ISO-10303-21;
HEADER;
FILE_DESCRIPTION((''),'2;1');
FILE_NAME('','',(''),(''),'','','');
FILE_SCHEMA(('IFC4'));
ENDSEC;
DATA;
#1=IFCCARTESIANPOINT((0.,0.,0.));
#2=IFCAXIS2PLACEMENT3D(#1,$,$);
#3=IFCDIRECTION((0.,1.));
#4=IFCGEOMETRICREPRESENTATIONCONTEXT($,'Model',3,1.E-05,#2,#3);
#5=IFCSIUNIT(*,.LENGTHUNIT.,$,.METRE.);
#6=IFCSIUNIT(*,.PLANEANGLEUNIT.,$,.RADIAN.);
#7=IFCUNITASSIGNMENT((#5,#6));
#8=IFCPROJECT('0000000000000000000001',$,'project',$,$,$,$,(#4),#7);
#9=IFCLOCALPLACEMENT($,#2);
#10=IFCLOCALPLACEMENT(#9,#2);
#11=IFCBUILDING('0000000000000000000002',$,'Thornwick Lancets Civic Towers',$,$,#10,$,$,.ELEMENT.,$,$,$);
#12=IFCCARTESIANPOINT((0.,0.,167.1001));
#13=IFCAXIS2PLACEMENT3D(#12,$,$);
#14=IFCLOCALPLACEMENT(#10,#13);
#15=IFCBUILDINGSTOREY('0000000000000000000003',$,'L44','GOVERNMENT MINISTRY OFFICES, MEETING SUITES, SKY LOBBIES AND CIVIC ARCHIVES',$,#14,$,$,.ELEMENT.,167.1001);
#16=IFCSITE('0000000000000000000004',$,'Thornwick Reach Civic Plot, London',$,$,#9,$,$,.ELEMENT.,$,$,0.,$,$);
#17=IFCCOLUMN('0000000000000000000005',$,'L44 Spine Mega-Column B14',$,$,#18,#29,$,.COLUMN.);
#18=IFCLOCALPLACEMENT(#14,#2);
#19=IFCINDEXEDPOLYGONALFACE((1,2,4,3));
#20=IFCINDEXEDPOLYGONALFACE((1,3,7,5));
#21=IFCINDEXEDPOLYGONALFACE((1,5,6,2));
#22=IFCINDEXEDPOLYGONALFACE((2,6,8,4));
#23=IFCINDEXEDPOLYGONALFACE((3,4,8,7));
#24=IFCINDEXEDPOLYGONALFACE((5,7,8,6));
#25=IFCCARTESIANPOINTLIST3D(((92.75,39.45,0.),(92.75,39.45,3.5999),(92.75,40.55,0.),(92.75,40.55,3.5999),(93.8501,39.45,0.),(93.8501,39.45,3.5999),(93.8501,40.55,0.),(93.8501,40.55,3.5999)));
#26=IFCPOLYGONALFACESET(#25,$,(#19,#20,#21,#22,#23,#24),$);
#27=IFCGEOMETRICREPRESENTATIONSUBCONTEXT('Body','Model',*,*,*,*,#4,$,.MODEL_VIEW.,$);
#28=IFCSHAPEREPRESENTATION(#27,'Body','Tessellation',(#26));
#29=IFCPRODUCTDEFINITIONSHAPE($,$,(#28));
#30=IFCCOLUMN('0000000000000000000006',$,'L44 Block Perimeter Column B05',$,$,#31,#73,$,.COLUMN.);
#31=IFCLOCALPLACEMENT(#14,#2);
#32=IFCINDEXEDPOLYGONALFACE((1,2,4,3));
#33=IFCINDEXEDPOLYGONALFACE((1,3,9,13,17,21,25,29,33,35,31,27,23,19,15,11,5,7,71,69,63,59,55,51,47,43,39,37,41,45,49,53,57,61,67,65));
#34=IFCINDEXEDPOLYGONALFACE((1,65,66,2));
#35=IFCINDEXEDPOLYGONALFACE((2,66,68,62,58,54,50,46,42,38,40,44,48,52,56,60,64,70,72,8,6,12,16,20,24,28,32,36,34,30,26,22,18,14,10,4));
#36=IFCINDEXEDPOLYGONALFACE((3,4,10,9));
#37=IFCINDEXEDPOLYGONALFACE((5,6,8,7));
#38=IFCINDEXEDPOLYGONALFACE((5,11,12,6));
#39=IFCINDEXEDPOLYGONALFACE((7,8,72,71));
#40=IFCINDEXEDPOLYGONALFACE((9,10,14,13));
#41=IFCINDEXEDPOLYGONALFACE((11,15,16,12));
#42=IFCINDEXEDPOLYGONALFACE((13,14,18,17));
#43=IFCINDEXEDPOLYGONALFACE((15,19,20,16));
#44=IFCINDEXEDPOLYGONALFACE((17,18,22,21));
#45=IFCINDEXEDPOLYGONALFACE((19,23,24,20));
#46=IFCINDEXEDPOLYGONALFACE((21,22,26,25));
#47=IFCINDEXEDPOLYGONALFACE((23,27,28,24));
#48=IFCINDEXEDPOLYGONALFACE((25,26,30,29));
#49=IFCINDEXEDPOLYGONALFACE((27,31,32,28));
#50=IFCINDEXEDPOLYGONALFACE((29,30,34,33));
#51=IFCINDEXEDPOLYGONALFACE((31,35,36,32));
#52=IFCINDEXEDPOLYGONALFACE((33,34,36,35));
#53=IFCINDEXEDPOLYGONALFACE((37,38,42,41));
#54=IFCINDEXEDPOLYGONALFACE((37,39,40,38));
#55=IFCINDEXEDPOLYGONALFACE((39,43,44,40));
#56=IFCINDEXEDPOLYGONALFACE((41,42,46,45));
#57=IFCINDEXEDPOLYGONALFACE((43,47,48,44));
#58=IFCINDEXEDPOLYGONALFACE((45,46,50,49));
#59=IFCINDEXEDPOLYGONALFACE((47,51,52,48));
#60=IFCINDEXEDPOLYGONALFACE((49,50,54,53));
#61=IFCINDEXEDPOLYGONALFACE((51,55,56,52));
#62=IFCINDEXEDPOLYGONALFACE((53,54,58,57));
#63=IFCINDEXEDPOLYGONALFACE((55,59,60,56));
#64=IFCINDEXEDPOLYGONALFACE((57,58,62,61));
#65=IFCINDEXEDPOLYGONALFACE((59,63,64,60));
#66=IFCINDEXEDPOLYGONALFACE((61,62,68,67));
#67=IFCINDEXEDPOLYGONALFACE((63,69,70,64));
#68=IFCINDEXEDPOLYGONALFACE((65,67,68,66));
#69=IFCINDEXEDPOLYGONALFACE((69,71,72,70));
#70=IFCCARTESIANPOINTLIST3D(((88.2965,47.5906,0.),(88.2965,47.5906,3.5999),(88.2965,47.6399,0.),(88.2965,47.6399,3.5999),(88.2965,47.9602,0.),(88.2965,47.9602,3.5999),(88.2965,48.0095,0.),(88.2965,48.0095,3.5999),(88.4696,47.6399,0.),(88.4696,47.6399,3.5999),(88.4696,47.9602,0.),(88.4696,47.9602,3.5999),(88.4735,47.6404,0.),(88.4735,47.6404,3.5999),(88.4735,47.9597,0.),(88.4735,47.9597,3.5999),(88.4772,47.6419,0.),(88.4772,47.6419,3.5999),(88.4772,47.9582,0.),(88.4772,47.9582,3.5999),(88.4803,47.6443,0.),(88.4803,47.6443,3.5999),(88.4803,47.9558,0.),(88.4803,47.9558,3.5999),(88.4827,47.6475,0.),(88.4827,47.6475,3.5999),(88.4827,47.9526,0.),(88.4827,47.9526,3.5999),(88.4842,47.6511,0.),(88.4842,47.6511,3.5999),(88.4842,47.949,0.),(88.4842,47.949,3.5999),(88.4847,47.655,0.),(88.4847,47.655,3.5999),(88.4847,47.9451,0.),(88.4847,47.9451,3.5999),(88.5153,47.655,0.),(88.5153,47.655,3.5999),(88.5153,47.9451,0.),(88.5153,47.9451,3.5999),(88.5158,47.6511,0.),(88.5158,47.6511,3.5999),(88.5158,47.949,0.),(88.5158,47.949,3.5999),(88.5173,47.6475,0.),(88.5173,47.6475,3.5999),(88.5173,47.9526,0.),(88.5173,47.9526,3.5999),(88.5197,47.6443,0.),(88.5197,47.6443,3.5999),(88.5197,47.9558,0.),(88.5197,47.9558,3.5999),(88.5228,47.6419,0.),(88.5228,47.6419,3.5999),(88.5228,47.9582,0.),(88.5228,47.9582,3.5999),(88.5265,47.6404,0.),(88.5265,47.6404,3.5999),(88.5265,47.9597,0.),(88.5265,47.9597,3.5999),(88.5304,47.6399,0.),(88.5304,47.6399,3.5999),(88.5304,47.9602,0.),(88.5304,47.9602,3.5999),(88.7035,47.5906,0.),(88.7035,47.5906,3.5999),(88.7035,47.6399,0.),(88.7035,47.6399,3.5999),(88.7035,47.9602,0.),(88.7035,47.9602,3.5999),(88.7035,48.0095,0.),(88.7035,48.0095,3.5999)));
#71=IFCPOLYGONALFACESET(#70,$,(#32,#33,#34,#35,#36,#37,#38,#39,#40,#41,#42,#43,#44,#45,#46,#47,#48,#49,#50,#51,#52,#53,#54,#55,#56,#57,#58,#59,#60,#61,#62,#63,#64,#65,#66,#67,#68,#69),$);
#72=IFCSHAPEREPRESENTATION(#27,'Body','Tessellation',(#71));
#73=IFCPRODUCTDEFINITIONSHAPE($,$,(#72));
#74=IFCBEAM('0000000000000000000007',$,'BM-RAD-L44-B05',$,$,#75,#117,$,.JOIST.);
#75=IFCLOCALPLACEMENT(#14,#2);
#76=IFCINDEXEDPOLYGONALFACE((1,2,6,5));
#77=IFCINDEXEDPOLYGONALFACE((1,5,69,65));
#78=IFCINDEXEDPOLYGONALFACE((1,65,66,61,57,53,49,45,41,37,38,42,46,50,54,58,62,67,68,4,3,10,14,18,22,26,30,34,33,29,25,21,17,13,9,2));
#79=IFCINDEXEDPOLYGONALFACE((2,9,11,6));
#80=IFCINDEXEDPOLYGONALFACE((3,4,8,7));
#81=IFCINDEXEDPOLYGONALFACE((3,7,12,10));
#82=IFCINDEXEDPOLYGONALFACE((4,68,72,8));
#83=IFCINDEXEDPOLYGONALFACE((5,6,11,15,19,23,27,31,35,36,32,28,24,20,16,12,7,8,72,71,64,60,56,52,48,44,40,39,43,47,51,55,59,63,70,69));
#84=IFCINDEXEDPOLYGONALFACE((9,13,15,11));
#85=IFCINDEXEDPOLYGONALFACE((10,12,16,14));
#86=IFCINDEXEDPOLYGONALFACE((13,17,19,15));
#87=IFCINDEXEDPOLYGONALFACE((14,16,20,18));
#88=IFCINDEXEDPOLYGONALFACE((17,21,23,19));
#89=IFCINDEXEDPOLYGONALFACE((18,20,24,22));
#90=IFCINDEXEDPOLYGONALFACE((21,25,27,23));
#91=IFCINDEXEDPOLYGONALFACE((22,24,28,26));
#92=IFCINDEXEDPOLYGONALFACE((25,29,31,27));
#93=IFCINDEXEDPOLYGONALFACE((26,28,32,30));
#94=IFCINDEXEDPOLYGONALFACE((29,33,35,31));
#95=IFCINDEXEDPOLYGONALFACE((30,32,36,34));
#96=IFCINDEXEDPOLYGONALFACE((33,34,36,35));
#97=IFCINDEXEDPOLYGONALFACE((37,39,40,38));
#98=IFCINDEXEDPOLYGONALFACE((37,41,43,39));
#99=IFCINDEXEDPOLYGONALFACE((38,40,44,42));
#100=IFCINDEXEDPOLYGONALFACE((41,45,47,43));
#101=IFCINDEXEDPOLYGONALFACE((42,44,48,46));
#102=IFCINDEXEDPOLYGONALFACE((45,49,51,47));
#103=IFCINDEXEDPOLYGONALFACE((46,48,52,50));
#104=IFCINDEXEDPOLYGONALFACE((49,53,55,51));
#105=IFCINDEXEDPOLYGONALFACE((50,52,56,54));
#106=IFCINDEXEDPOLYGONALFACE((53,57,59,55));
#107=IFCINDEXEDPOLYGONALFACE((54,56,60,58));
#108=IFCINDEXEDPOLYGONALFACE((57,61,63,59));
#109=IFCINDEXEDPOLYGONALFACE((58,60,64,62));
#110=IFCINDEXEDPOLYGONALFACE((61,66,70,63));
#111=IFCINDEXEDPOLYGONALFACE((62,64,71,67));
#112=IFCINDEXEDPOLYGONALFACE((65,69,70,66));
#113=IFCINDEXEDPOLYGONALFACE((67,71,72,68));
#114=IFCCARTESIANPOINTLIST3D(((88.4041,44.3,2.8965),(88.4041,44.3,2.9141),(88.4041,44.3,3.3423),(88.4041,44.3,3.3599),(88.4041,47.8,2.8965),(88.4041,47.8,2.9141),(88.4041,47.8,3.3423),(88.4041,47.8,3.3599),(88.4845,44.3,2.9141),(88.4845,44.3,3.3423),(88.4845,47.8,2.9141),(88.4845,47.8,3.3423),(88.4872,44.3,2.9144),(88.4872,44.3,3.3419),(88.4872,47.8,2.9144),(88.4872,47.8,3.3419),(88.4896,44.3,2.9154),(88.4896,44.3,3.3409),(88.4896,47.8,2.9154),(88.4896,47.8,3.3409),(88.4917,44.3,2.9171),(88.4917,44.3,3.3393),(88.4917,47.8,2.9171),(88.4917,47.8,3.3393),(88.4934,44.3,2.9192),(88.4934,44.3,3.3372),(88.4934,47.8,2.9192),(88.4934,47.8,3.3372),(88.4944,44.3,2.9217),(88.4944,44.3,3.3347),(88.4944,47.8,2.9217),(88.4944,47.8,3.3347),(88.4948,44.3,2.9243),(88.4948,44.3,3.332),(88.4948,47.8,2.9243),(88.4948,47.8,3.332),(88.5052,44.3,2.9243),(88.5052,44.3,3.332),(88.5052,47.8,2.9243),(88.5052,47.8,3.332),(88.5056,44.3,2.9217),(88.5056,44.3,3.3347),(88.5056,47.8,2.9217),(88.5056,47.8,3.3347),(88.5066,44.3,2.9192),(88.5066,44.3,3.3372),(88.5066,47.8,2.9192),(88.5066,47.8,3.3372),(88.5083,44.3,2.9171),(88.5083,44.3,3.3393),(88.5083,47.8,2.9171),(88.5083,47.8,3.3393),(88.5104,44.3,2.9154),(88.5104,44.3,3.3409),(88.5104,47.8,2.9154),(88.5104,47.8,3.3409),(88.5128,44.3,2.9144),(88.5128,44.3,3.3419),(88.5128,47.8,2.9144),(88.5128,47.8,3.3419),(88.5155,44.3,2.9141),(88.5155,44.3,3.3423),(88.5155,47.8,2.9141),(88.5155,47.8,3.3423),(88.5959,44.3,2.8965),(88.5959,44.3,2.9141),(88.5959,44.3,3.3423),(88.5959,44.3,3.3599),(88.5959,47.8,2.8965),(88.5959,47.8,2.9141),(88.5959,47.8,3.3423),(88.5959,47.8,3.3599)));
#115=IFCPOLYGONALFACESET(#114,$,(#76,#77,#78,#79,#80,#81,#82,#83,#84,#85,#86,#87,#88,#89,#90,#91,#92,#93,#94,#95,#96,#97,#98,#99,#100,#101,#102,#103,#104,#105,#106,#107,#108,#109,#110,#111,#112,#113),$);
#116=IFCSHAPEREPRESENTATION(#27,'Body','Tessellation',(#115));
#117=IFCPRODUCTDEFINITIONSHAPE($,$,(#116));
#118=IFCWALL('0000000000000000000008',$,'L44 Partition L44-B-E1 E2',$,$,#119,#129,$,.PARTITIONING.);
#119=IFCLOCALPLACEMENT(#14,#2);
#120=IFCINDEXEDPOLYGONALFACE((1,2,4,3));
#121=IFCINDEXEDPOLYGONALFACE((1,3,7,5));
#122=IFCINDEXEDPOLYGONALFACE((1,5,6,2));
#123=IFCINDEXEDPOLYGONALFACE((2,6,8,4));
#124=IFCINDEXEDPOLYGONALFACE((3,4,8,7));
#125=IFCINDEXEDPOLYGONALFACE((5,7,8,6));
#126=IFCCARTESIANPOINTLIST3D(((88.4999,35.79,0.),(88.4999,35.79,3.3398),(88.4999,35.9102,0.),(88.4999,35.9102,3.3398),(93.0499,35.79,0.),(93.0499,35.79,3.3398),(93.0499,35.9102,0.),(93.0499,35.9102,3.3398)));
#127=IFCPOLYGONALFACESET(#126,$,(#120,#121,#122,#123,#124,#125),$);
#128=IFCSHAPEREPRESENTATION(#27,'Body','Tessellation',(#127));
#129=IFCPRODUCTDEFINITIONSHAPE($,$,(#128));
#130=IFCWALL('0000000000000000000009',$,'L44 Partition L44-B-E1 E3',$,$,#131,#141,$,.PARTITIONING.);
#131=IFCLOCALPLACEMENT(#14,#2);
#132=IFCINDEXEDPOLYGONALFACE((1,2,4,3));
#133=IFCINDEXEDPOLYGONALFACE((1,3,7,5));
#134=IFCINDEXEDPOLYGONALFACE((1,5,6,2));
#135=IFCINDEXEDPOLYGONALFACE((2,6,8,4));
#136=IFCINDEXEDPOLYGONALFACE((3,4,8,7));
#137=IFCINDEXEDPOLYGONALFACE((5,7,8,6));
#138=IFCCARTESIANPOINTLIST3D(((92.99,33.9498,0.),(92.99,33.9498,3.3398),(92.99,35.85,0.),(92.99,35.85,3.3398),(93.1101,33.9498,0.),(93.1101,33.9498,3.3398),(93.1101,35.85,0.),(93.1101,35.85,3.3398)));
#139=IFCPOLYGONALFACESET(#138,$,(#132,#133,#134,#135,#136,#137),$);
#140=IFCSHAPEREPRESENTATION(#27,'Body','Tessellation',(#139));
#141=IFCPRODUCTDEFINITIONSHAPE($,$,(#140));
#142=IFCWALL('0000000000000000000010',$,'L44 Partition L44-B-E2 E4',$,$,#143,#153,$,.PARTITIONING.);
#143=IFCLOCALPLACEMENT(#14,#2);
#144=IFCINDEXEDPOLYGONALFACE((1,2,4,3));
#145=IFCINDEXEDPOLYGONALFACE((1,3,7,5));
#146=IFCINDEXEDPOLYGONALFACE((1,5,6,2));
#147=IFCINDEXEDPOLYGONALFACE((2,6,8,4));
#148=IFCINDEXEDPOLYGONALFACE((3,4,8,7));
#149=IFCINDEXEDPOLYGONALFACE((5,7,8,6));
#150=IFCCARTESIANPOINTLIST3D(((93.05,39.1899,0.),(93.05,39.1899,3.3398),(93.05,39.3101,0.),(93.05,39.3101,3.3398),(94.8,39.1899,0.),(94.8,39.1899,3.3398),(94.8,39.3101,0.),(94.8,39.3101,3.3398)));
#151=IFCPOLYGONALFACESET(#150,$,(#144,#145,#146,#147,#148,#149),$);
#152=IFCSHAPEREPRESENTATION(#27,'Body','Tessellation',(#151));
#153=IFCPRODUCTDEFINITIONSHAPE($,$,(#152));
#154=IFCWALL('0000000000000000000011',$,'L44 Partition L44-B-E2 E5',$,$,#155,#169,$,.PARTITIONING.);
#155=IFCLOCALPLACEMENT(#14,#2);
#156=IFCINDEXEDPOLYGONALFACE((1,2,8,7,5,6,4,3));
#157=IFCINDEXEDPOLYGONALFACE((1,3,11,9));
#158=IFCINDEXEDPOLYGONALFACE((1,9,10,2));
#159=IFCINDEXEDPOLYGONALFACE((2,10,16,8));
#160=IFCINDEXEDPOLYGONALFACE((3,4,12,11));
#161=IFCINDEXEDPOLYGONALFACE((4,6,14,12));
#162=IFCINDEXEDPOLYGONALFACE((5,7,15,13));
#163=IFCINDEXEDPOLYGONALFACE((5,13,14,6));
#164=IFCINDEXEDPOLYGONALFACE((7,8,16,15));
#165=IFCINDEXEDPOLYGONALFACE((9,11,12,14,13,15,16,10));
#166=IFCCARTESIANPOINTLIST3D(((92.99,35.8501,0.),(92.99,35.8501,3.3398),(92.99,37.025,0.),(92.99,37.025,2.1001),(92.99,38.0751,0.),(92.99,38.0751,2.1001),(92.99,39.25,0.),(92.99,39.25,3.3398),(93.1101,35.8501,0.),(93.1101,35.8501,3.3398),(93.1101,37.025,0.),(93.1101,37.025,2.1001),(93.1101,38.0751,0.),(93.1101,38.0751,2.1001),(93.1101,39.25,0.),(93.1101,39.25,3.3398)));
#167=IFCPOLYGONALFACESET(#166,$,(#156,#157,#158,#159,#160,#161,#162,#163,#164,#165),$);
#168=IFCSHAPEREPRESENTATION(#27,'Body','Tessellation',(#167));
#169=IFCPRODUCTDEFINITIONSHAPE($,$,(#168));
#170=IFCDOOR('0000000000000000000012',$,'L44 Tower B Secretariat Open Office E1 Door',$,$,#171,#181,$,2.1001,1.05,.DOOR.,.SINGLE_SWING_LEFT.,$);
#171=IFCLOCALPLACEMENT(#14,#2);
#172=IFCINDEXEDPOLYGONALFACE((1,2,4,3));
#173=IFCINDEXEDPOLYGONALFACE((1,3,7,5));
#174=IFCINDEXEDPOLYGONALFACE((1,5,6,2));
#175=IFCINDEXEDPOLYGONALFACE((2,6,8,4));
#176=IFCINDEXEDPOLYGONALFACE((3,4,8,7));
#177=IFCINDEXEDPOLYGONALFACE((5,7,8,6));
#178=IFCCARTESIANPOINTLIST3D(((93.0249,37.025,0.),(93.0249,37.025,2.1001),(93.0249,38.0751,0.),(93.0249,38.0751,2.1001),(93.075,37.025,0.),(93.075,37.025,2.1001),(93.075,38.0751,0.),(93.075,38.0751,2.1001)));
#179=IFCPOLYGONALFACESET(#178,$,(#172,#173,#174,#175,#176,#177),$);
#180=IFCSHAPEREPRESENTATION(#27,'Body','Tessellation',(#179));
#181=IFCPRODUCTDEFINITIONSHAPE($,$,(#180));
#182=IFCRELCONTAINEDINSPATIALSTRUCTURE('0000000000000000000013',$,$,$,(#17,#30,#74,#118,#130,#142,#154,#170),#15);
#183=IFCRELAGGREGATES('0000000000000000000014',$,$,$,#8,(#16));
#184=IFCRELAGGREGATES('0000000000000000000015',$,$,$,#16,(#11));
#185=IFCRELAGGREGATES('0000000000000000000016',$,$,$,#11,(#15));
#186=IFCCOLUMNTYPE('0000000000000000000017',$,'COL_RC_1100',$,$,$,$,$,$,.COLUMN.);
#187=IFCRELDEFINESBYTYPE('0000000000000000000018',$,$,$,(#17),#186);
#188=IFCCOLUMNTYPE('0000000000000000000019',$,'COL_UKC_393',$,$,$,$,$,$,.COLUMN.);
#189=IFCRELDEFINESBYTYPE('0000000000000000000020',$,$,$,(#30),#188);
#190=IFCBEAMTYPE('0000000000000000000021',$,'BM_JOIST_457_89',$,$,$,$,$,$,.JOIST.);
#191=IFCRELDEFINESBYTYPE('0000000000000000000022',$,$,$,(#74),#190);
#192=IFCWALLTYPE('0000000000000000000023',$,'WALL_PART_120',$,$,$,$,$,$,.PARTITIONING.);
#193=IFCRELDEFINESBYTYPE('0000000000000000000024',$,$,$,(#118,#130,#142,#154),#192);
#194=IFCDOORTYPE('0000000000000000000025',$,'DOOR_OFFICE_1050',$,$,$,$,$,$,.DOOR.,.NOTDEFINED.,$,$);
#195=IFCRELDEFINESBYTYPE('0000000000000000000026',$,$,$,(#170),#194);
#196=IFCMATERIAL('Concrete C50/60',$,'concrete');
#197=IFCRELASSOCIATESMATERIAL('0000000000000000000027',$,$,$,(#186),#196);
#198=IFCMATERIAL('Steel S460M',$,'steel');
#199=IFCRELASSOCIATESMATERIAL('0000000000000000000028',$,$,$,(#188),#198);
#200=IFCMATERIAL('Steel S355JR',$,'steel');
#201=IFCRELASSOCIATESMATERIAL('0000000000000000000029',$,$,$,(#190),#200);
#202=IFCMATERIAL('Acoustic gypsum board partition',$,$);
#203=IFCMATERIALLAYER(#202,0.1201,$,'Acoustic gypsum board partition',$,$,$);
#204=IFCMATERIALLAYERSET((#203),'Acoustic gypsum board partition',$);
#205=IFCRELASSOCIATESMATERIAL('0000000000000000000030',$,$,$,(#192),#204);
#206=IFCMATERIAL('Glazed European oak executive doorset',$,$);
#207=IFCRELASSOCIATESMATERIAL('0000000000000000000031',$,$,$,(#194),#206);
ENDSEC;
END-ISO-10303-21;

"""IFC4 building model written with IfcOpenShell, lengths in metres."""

from ifc_helpers import new_model, si_unit, direction, frame, frame_2d, origin, origin_2d, place, context, subcontext, project, spatial, rectangle, i_section, extrude, material, layer, layer_set, material_profile, profile_set, type_object, element, fill, save


model = new_model("IFC4")

# Units and contexts
model_context = context("Model", 3, precision=1e-05, world=origin(), true_north=direction((0.0, 1.0)))
body_context = subcontext(model_context, "Body", "Model", "MODEL_VIEW")
ifc_project = project(units=[si_unit("LENGTHUNIT", "METRE"), si_unit("PLANEANGLEUNIT", "RADIAN")], contexts=[model_context])

# Site, building, storey
site_placement = place(None, origin())
site = spatial("IfcSite", under=ifc_project, at=site_placement, Name="Thornwick Reach Civic Plot, London", CompositionType="ELEMENT", RefElevation=0.0)
building_placement = place(site_placement, origin())
building = spatial("IfcBuilding", under=site, at=building_placement, Name="Thornwick Lancets Civic Towers", CompositionType="ELEMENT")
storey_placement = place(building_placement, frame((0.0, 0.0, 167.1001)))
storey = spatial("IfcBuildingStorey", under=building, at=storey_placement, Name="L44", Description="GOVERNMENT MINISTRY OFFICES, MEETING SUITES, SKY LOBBIES AND CIVIC ARCHIVES", CompositionType="ELEMENT", Elevation=167.1001)

# Columns
ifc_material_1 = material(Name="Concrete C50/60", Category="concrete")
ifc_material_profile_1 = material_profile(ifc_material_1, rectangle(XDim=1.1001, YDim=1.1001, at=origin_2d()), Name="RC 1100x1100")
ifc_profile_set_1 = profile_set([ifc_material_profile_1], Name="Concrete C50/60")
column_type_1 = type_object("IfcColumnType", Name="COL_RC_1100", PredefinedType="COLUMN", material=ifc_profile_set_1)
column_1_placement = place(storey_placement, frame((93.3, 40.0, 0.0), z_axis=(0.0, 0.0, 1.0), x_axis=(1.0, 0.0, 0.0)))
element("IfcColumn", 1, at=column_1_placement, inside=storey, type_object=column_type_1, Name="L44 Spine Mega-Column B14", PredefinedType="COLUMN", context=body_context, shape_type="SweptSolid", body=[
    extrude(rectangle(XDim=1.1001, YDim=1.1001, at=origin_2d()), origin(), (0.0, 0.0, 1.0), 3.5999),
])
ifc_material_2 = material(Name="Steel S460M", Category="steel")
ifc_material_profile_2 = material_profile(ifc_material_2, i_section(OverallWidth=0.407, OverallDepth=0.4189, WebThickness=0.0305, FlangeThickness=0.0493, FilletRadius=0.0151, at=origin_2d()), Name="UKC 356x406x393")
ifc_profile_set_2 = profile_set([ifc_material_profile_2], Name="Steel S460M")
column_type_2 = type_object("IfcColumnType", Name="COL_UKC_393", PredefinedType="COLUMN", material=ifc_profile_set_2)
column_2_placement = place(storey_placement, frame((88.5, 47.8, 0.0), z_axis=(0.0, 0.0, 1.0), x_axis=(1.0, 0.0, 0.0)))
element("IfcColumn", 2, at=column_2_placement, inside=storey, type_object=column_type_2, Name="L44 Block Perimeter Column B05", PredefinedType="COLUMN", context=body_context, shape_type="SweptSolid", body=[
    extrude(i_section(OverallWidth=0.407, OverallDepth=0.4189, WebThickness=0.0305, FlangeThickness=0.0493, FilletRadius=0.0151, at=origin_2d()), origin(), (0.0, 0.0, 1.0), 3.5999),
])

# Beam
ifc_material_3 = material(Name="Steel S355JR", Category="steel")
ifc_material_profile_3 = material_profile(ifc_material_3, i_section(OverallWidth=0.1919, OverallDepth=0.4634, WebThickness=0.0105, FlangeThickness=0.0176, FilletRadius=0.0103, at=origin_2d()), Name="UKB 457x191x89")
ifc_profile_set_3 = profile_set([ifc_material_profile_3], Name="Steel S355JR")
beam_type = type_object("IfcBeamType", Name="BM_JOIST_457_89", PredefinedType="JOIST", material=ifc_profile_set_3)
beam_placement = place(storey_placement, frame((88.5, 44.3, 3.1282), z_axis=(0.0, 1.0, 0.0), x_axis=(-1.0, 0.0, 0.0)))
element("IfcBeam", 3, at=beam_placement, inside=storey, type_object=beam_type, Name="BM-RAD-L44-B05", PredefinedType="JOIST", context=body_context, shape_type="SweptSolid", body=[
    extrude(i_section(OverallWidth=0.1919, OverallDepth=0.4634, WebThickness=0.0105, FlangeThickness=0.0176, FilletRadius=0.0103, at=origin_2d()), origin(), (0.0, 0.0, 1.0), 3.5),
])

# Walls
ifc_material_4 = material(Name="Acoustic gypsum board partition")
ifc_layer_1 = layer(ifc_material_4, 0.1201, Name="Acoustic gypsum board partition")
ifc_layer_set_1 = layer_set([ifc_layer_1], Name="Acoustic gypsum board partition")
wall_type_1 = type_object("IfcWallType", Name="WALL_PART_120", PredefinedType="PARTITIONING", material=ifc_layer_set_1)
wall_1_placement = place(storey_placement, frame((88.5, 35.8501, 0.0), z_axis=(0.0, 0.0, 1.0), x_axis=(1.0, 0.0, 0.0)))
element("IfcWall", 4, at=wall_1_placement, inside=storey, type_object=wall_type_1, Name="L44 Partition L44-B-E1 E2", PredefinedType="PARTITIONING", context=body_context, shape_type="SweptSolid", body=[
    extrude(rectangle(XDim=4.55, YDim=0.1201, at=frame_2d((2.2749, 0.0))), origin(), (0.0, 0.0, 1.0), 3.3398),
])
wall_2_placement = place(storey_placement, frame((93.05, 35.8501, 0.0), z_axis=(0.0, 0.0, 1.0), x_axis=(0.0, -1.0, 0.0)))
element("IfcWall", 5, at=wall_2_placement, inside=storey, type_object=wall_type_1, Name="L44 Partition L44-B-E1 E3", PredefinedType="PARTITIONING", context=body_context, shape_type="SweptSolid", body=[
    extrude(rectangle(XDim=1.9001, YDim=0.1201, at=frame_2d((0.9502, 0.0))), origin(), (0.0, 0.0, 1.0), 3.3398),
])
wall_3_placement = place(storey_placement, frame((94.8, 39.25, 0.0), z_axis=(0.0, 0.0, 1.0), x_axis=(-1.0, 0.0, 0.0)))
element("IfcWall", 6, at=wall_3_placement, inside=storey, type_object=wall_type_1, Name="L44 Partition L44-B-E2 E4", PredefinedType="PARTITIONING", context=body_context, shape_type="SweptSolid", body=[
    extrude(rectangle(XDim=1.75, YDim=0.1201, at=frame_2d((0.875, 0.0))), origin(), (0.0, 0.0, 1.0), 3.3398),
])

# Wall, opening, door
wall_4_placement = place(storey_placement, frame((93.05, 39.25, 0.0), z_axis=(0.0, 0.0, 1.0), x_axis=(0.0, -1.0, 0.0)))
wall_4 = element("IfcWall", 7, at=wall_4_placement, inside=storey, type_object=wall_type_1, Name="L44 Partition L44-B-E2 E5", PredefinedType="PARTITIONING", context=body_context, shape_type="SweptSolid", body=[
    extrude(rectangle(XDim=3.3999, YDim=0.1201, at=frame_2d((1.7, 0.0))), origin(), (0.0, 0.0, 1.0), 3.3398),
])
opening_1_placement = place(wall_4_placement, frame((1.175, 0.0, 0.0)))
opening_1 = element("IfcOpeningElement", 8, at=opening_1_placement, cuts=wall_4, PredefinedType="OPENING", context=body_context, shape_type="SweptSolid", body=[
    extrude(rectangle(XDim=1.05, YDim=2.1001, at=frame_2d((0.5249, 1.05))), frame((0.0, 0.0701, 0.0), z_axis=(0.0, -1.0, 0.0), x_axis=(1.0, 0.0, 0.0)), (0.0, 0.0, 1.0), 0.1401),
])
ifc_material_5 = material(Name="Glazed European oak executive doorset")
door_type_1 = type_object("IfcDoorType", Name="DOOR_OFFICE_1050", OperationType="NOTDEFINED", PredefinedType="DOOR", material=ifc_material_5)
door_1_placement = place(opening_1_placement, origin())
door_1 = element("IfcDoor", 9, at=door_1_placement, inside=storey, type_object=door_type_1, Name="L44 Tower B Secretariat Open Office E1 Door", OperationType="SINGLE_SWING_LEFT", OverallHeight=2.1001, OverallWidth=1.05, PredefinedType="DOOR", context=body_context, shape_type="SweptSolid", body=[
    extrude(rectangle(XDim=1.05, YDim=2.1001, at=frame_2d((0.5249, 1.05))), frame((0.0, 0.0249, 0.0), z_axis=(0.0, -1.0, 0.0), x_axis=(1.0, 0.0, 0.0)), (0.0, 0.0, 1.0), 0.05),
])
fill(opening_1, door_1)

save(model, "model.ifc")
